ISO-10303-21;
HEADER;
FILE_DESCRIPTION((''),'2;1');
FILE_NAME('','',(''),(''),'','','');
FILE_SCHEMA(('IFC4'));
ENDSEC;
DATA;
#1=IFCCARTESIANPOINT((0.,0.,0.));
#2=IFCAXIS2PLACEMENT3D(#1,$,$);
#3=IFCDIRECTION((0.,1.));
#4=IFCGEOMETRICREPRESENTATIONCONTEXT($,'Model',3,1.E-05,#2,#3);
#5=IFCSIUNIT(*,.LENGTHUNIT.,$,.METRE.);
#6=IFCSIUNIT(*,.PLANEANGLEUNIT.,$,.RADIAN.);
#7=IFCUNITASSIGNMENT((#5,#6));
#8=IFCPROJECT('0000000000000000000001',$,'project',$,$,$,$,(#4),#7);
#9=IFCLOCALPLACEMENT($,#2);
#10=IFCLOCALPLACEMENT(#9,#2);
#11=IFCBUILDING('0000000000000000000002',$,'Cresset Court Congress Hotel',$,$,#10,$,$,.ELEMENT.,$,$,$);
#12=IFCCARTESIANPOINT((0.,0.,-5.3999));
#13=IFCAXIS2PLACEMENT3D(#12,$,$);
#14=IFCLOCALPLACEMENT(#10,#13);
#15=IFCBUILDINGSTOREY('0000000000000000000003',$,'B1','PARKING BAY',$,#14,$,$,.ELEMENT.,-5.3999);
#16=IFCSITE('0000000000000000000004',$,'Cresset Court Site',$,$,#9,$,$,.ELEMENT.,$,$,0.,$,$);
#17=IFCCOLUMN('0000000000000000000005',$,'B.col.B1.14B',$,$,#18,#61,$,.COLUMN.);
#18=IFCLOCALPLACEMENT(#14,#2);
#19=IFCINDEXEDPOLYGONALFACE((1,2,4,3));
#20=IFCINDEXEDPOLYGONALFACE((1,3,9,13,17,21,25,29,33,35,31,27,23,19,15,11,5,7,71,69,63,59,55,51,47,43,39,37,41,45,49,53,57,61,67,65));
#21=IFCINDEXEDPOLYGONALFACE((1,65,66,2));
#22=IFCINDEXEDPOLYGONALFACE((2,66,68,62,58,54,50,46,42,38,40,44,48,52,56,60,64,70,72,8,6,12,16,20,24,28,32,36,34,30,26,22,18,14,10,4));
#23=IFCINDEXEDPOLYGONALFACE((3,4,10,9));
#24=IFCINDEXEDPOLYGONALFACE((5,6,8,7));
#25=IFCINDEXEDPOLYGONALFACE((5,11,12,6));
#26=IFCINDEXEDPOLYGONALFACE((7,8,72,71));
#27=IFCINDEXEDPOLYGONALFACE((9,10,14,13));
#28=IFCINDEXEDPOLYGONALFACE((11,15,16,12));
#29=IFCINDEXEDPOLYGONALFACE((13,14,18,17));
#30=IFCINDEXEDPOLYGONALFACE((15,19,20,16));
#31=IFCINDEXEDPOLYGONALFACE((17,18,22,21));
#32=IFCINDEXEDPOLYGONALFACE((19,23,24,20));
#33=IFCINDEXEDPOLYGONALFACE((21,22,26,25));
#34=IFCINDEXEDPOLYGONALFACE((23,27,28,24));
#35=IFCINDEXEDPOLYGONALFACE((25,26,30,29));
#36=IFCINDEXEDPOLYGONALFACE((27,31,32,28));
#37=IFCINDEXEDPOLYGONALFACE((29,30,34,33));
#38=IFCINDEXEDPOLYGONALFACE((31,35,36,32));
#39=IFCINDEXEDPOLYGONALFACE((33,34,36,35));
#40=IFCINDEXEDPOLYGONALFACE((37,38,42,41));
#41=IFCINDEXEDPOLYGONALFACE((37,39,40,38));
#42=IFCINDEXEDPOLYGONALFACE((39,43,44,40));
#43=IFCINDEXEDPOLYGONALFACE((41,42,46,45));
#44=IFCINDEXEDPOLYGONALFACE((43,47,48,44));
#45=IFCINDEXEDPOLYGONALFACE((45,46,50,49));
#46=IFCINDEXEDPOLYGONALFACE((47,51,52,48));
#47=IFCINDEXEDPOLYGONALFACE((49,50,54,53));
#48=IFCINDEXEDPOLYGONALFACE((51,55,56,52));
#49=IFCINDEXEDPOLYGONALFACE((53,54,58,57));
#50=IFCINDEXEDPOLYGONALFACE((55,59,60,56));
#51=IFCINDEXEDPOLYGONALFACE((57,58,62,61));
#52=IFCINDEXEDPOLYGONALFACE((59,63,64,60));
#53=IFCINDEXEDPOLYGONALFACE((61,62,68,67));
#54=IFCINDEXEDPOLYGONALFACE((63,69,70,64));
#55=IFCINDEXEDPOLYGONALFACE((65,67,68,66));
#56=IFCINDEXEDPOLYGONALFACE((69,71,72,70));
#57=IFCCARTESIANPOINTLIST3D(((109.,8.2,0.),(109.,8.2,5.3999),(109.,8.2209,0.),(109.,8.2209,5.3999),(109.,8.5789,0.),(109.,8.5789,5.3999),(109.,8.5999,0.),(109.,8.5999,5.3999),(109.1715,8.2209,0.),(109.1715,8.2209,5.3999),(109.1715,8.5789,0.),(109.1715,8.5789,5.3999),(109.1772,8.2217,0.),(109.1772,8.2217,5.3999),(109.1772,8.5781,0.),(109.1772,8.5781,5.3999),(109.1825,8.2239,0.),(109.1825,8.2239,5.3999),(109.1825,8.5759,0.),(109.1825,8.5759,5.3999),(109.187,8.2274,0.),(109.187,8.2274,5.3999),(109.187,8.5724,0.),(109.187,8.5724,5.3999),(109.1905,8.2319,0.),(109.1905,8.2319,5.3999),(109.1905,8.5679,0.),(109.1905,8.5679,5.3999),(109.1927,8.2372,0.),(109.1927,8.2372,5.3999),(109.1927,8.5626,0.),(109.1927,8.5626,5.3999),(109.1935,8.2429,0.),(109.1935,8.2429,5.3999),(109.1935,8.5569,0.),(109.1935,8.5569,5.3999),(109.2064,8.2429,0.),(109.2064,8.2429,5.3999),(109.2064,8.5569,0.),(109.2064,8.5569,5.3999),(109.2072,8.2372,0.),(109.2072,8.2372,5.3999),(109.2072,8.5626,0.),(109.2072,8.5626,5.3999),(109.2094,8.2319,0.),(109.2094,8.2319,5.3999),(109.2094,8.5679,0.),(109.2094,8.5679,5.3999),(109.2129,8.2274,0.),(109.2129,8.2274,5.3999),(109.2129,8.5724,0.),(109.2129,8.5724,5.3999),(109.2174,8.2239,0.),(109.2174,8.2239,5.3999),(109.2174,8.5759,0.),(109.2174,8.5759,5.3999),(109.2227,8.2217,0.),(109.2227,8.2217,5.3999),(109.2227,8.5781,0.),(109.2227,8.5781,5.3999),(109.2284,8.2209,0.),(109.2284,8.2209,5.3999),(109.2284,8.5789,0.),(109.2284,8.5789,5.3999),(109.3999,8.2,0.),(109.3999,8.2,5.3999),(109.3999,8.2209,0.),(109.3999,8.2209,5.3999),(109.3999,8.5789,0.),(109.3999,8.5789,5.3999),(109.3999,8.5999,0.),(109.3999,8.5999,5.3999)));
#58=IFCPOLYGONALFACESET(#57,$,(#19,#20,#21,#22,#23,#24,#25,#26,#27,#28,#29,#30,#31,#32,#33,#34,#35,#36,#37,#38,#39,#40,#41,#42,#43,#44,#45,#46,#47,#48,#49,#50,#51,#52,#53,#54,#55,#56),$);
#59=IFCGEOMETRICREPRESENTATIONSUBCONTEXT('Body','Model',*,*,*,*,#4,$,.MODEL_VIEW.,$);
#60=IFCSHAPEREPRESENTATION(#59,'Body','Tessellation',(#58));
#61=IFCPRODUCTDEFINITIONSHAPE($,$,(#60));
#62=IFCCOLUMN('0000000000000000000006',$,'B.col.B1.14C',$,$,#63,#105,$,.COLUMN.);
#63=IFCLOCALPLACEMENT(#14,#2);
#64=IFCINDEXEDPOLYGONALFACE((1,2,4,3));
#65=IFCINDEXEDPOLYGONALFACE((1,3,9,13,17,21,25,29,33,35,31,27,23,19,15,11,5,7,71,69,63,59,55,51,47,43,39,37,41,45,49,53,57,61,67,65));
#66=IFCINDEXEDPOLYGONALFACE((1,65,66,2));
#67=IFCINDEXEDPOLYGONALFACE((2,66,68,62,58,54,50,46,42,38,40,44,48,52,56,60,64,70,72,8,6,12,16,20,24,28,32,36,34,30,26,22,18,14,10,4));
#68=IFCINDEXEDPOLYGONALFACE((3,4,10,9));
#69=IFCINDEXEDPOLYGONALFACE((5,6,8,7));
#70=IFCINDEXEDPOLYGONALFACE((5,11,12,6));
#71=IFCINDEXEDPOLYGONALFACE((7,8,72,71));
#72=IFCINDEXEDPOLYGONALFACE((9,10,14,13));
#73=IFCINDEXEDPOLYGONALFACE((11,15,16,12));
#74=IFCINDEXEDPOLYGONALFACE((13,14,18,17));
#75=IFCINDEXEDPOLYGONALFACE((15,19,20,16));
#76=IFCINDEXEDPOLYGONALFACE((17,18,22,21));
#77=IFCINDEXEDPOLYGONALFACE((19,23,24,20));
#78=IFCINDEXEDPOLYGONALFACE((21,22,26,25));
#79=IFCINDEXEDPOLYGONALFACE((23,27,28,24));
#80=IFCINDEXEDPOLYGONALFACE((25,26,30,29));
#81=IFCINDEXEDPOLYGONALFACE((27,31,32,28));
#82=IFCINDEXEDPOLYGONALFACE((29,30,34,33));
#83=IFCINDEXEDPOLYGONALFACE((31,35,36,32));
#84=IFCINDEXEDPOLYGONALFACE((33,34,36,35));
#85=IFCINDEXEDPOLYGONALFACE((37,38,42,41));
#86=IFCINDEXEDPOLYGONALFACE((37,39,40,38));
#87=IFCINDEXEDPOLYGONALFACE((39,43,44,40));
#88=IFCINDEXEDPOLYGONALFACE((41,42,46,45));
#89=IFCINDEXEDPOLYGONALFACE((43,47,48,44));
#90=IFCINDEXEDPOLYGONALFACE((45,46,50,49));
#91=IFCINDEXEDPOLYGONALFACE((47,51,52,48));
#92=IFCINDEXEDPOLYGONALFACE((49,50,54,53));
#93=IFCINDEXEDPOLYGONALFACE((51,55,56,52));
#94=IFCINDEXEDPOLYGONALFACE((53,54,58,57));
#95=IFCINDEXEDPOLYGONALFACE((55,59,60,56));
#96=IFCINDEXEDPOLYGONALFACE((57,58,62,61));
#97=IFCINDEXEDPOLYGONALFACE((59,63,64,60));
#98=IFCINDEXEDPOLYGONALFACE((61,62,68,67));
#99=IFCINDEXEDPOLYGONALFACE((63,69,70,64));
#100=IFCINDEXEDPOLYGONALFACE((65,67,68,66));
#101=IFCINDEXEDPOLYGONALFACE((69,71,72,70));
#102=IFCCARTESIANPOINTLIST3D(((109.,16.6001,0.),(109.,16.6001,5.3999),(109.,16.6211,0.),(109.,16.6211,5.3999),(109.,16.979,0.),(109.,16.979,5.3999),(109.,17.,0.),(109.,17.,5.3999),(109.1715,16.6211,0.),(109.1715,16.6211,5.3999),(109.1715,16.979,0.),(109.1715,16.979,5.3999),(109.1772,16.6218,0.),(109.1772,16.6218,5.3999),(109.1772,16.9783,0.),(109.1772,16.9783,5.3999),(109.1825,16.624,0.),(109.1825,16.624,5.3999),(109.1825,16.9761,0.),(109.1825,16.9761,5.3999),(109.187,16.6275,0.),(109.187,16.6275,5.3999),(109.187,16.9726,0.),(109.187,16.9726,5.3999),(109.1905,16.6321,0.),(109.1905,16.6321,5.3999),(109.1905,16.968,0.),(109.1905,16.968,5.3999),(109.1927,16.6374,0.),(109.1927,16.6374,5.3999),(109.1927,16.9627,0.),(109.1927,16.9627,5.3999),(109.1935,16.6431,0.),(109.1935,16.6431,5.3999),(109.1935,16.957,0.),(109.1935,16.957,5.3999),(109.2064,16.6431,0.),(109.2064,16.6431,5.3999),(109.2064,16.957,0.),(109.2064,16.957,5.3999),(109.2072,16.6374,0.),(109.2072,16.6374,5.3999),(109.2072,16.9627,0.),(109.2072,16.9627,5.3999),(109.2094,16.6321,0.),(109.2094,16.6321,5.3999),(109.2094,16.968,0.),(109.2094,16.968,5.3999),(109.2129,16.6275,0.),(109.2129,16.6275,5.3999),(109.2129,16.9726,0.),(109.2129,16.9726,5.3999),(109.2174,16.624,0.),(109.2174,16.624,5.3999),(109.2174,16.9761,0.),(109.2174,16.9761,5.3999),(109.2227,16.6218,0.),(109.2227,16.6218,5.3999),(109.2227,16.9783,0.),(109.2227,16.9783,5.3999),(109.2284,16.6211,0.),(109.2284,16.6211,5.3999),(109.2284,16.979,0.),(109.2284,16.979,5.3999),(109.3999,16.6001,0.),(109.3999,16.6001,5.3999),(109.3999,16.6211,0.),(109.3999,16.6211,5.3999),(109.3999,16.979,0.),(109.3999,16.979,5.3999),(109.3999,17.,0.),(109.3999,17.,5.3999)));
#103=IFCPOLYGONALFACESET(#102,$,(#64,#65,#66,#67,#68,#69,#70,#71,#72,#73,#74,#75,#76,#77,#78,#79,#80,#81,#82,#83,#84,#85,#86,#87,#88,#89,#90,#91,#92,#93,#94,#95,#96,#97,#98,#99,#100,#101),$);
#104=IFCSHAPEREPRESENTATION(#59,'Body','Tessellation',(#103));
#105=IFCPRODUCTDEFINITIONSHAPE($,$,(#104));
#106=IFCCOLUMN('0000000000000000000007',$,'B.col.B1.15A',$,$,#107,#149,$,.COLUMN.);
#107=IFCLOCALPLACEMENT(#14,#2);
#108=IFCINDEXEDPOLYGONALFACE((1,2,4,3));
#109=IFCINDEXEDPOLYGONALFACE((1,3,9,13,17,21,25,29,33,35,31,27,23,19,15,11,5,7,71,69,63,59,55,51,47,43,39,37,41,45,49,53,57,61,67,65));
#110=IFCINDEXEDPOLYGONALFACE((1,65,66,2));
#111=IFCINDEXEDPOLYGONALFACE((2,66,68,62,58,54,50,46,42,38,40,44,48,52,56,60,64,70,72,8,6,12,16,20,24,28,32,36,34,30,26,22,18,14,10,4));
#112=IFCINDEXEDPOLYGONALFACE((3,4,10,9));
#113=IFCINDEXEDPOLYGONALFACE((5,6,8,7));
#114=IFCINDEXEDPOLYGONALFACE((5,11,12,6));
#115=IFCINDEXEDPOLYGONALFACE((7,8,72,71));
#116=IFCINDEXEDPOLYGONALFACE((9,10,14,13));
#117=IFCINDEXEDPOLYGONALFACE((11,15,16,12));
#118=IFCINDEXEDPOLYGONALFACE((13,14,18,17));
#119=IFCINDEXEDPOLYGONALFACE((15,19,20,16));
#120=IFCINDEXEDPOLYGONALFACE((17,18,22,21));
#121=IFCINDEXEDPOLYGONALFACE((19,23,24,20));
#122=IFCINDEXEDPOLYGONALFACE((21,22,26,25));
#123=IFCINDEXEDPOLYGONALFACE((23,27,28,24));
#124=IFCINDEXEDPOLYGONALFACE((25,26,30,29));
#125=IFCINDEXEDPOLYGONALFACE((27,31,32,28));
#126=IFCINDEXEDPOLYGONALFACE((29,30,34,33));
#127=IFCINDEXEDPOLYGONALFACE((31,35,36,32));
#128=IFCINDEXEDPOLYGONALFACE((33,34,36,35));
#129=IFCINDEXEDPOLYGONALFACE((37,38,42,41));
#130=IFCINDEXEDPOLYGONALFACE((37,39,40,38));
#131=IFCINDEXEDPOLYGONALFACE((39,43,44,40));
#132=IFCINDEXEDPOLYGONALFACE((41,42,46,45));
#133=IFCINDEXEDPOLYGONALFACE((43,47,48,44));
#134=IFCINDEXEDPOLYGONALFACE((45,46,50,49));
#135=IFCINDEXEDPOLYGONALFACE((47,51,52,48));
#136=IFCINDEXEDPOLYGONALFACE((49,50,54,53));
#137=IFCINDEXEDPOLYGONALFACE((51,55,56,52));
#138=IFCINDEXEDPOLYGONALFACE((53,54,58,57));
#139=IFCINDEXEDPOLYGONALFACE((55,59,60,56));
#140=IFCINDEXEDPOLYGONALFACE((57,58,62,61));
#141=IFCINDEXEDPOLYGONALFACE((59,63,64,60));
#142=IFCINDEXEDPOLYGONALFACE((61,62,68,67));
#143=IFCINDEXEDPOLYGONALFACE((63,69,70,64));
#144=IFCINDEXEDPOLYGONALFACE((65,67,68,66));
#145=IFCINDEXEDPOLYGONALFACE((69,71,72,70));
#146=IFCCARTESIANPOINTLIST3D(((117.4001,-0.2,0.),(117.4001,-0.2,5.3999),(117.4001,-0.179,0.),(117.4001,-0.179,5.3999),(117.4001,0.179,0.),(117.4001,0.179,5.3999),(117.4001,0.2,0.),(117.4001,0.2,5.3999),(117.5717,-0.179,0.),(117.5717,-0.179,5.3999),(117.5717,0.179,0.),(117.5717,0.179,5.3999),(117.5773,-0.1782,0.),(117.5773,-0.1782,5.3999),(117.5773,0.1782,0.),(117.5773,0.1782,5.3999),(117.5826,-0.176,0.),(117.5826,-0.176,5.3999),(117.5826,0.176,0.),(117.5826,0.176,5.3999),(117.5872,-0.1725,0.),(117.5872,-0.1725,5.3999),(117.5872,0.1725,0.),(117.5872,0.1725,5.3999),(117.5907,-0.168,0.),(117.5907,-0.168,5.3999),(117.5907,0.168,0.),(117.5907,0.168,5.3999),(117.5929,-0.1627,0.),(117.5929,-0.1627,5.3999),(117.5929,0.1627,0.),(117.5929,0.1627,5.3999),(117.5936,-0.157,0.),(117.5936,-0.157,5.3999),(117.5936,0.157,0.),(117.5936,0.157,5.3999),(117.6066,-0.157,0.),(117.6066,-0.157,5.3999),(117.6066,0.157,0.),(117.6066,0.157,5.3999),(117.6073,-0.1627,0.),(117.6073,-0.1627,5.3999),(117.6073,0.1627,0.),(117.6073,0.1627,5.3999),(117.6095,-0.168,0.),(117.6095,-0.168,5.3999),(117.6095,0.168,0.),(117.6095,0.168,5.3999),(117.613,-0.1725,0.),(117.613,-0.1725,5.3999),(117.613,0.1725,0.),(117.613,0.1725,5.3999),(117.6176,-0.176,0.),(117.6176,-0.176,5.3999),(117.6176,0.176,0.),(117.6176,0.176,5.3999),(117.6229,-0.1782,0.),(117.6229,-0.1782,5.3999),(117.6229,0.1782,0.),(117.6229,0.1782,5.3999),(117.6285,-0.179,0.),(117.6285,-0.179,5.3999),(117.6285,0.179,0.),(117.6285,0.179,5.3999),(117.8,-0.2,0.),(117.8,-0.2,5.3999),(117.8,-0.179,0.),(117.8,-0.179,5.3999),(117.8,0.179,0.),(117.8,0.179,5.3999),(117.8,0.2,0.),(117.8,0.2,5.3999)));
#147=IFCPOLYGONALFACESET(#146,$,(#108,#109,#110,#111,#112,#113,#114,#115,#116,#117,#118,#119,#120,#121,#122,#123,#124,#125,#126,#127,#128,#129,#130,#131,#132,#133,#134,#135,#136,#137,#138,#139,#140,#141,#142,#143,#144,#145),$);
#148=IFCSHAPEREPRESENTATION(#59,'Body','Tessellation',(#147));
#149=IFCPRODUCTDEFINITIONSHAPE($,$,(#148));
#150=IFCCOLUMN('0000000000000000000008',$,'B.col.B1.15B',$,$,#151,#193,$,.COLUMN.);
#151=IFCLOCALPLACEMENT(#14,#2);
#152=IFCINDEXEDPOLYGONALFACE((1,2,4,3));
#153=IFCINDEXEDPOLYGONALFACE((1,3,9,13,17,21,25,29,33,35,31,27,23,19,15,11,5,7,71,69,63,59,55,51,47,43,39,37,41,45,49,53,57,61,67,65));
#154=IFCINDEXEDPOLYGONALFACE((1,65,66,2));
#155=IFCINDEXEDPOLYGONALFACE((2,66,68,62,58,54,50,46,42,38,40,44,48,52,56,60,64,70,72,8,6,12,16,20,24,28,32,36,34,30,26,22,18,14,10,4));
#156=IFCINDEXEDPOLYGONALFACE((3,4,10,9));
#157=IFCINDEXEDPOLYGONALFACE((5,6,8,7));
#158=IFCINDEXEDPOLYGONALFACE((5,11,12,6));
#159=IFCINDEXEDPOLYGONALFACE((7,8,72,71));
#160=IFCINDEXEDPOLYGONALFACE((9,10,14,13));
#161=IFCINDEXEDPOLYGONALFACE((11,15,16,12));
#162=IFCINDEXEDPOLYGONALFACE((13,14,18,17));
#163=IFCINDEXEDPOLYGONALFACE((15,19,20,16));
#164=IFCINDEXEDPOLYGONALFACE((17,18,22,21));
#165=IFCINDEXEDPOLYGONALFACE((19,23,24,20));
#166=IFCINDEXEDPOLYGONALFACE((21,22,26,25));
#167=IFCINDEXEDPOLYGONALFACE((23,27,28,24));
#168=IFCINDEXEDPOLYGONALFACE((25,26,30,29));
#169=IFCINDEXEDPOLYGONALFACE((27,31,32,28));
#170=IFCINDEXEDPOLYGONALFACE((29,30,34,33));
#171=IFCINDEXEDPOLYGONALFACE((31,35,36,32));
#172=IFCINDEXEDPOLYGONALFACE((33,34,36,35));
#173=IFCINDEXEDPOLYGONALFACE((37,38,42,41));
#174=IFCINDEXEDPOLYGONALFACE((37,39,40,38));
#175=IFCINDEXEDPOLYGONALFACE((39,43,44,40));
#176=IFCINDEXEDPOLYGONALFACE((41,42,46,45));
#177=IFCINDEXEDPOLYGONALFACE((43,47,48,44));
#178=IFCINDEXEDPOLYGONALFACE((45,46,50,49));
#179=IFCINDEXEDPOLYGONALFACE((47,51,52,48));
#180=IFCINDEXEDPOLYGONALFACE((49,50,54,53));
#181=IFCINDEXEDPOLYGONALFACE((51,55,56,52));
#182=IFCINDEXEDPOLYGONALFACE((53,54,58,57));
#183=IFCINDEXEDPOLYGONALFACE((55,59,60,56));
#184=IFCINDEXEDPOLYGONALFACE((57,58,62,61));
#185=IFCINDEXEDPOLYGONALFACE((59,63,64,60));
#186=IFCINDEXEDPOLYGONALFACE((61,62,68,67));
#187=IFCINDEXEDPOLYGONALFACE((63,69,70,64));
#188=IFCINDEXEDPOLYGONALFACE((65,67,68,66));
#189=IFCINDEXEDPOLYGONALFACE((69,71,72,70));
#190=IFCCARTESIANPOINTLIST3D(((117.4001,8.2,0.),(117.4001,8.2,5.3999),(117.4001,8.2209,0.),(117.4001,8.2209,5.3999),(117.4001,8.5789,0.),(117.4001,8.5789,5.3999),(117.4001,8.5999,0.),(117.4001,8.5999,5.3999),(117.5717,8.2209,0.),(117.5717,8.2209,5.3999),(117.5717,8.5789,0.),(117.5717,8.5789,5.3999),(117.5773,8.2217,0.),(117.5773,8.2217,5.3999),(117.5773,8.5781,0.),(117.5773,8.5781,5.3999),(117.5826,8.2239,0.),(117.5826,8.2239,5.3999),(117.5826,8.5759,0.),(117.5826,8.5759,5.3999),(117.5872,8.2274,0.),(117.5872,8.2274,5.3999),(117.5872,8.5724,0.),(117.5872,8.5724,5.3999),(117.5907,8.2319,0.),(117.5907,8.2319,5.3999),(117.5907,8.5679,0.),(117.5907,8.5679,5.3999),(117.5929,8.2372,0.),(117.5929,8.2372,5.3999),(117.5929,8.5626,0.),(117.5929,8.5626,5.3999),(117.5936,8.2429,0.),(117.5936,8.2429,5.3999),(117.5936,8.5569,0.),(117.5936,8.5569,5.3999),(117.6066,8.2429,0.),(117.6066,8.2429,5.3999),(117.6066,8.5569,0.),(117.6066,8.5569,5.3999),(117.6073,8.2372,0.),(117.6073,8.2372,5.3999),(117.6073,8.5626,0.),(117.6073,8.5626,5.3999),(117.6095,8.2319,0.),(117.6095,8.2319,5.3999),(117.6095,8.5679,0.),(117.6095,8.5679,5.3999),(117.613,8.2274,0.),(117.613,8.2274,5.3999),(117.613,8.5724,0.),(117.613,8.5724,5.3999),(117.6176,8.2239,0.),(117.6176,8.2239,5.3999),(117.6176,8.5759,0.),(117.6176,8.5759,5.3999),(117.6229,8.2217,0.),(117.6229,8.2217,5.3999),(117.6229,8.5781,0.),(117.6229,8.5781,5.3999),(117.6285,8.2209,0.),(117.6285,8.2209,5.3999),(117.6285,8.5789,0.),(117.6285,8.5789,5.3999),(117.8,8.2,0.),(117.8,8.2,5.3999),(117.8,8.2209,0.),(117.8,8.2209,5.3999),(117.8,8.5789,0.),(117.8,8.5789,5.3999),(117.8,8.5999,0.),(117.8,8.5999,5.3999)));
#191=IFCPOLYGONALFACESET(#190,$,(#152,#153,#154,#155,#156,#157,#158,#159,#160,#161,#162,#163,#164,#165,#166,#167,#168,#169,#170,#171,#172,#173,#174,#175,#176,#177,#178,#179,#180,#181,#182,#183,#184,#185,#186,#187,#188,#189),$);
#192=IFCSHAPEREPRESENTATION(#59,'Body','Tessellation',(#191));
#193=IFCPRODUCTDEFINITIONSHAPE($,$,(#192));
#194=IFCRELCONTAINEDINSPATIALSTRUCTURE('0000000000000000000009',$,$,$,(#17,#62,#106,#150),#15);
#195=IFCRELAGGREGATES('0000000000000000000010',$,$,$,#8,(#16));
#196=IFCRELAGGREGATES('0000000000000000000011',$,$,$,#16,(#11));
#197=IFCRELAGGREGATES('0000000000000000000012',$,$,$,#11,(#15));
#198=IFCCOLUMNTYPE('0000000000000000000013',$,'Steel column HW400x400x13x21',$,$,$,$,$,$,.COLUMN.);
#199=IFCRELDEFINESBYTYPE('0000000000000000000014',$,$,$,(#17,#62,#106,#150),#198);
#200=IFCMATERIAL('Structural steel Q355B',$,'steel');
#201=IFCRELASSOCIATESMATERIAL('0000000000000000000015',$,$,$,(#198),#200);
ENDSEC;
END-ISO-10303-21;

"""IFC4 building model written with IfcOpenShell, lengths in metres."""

from ifc_helpers import new_model, si_unit, direction, frame, origin, origin_2d, place, context, subcontext, project, spatial, i_section, extrude, material, material_profile, profile_set, type_object, element, save


model = new_model("IFC4")

# Units and contexts
model_context = context("Model", 3, precision=1e-05, world=origin(), true_north=direction((0.0, 1.0)))
body_context = subcontext(model_context, "Body", "Model", "MODEL_VIEW")
ifc_project = project(units=[si_unit("LENGTHUNIT", "METRE"), si_unit("PLANEANGLEUNIT", "RADIAN")], contexts=[model_context])

# Site, building, storey
site_placement = place(None, origin())
site = spatial("IfcSite", under=ifc_project, at=site_placement, Name="Cresset Court Site", CompositionType="ELEMENT", RefElevation=0.0)
building_placement = place(site_placement, origin())
building = spatial("IfcBuilding", under=site, at=building_placement, Name="Cresset Court Congress Hotel", CompositionType="ELEMENT")
storey_placement = place(building_placement, frame((0.0, 0.0, -5.3999)))
storey = spatial("IfcBuildingStorey", under=building, at=storey_placement, Name="B1", Description="PARKING BAY", CompositionType="ELEMENT", Elevation=-5.3999)

# Columns
ifc_material_1 = material(Name="Structural steel Q355B", Category="steel")
ifc_material_profile = material_profile(ifc_material_1, i_section(OverallWidth=0.3999, OverallDepth=0.3999, WebThickness=0.0129, FlangeThickness=0.021, FilletRadius=0.022, at=origin_2d()), Name="HW400x400x13x21")
ifc_profile_set = profile_set([ifc_material_profile], Name="Structural steel Q355B")
column_type = type_object("IfcColumnType", Name="Steel column HW400x400x13x21", PredefinedType="COLUMN", material=ifc_profile_set)
for number, where, z_axis, x_axis, name in (
    (1, (109.2, 8.3999, 0.0), (0.0, 0.0, 1.0), (1.0, 0.0, 0.0), "B.col.B1.14B"),
    (2, (109.2, 16.8, 0.0), (0.0, 0.0, 1.0), (1.0, 0.0, 0.0), "B.col.B1.14C"),
    (3, (117.6001, 0.0, 0.0), (0.0, 0.0, 1.0), (1.0, 0.0, 0.0), "B.col.B1.15A"),
    (4, (117.6001, 8.3999, 0.0), (0.0, 0.0, 1.0), (1.0, 0.0, 0.0), "B.col.B1.15B"),
):
    element("IfcColumn", number, at=place(storey_placement, frame(where, z_axis=z_axis, x_axis=x_axis)), inside=storey, type_object=column_type, Name=name, PredefinedType="COLUMN", context=body_context, shape_type="SweptSolid", body=[
        extrude(i_section(OverallWidth=0.3999, OverallDepth=0.3999, WebThickness=0.0129, FlangeThickness=0.021, FilletRadius=0.022, at=origin_2d()), origin(), (0.0, 0.0, 1.0), 5.3999),
    ])

save(model, "model.ifc")
